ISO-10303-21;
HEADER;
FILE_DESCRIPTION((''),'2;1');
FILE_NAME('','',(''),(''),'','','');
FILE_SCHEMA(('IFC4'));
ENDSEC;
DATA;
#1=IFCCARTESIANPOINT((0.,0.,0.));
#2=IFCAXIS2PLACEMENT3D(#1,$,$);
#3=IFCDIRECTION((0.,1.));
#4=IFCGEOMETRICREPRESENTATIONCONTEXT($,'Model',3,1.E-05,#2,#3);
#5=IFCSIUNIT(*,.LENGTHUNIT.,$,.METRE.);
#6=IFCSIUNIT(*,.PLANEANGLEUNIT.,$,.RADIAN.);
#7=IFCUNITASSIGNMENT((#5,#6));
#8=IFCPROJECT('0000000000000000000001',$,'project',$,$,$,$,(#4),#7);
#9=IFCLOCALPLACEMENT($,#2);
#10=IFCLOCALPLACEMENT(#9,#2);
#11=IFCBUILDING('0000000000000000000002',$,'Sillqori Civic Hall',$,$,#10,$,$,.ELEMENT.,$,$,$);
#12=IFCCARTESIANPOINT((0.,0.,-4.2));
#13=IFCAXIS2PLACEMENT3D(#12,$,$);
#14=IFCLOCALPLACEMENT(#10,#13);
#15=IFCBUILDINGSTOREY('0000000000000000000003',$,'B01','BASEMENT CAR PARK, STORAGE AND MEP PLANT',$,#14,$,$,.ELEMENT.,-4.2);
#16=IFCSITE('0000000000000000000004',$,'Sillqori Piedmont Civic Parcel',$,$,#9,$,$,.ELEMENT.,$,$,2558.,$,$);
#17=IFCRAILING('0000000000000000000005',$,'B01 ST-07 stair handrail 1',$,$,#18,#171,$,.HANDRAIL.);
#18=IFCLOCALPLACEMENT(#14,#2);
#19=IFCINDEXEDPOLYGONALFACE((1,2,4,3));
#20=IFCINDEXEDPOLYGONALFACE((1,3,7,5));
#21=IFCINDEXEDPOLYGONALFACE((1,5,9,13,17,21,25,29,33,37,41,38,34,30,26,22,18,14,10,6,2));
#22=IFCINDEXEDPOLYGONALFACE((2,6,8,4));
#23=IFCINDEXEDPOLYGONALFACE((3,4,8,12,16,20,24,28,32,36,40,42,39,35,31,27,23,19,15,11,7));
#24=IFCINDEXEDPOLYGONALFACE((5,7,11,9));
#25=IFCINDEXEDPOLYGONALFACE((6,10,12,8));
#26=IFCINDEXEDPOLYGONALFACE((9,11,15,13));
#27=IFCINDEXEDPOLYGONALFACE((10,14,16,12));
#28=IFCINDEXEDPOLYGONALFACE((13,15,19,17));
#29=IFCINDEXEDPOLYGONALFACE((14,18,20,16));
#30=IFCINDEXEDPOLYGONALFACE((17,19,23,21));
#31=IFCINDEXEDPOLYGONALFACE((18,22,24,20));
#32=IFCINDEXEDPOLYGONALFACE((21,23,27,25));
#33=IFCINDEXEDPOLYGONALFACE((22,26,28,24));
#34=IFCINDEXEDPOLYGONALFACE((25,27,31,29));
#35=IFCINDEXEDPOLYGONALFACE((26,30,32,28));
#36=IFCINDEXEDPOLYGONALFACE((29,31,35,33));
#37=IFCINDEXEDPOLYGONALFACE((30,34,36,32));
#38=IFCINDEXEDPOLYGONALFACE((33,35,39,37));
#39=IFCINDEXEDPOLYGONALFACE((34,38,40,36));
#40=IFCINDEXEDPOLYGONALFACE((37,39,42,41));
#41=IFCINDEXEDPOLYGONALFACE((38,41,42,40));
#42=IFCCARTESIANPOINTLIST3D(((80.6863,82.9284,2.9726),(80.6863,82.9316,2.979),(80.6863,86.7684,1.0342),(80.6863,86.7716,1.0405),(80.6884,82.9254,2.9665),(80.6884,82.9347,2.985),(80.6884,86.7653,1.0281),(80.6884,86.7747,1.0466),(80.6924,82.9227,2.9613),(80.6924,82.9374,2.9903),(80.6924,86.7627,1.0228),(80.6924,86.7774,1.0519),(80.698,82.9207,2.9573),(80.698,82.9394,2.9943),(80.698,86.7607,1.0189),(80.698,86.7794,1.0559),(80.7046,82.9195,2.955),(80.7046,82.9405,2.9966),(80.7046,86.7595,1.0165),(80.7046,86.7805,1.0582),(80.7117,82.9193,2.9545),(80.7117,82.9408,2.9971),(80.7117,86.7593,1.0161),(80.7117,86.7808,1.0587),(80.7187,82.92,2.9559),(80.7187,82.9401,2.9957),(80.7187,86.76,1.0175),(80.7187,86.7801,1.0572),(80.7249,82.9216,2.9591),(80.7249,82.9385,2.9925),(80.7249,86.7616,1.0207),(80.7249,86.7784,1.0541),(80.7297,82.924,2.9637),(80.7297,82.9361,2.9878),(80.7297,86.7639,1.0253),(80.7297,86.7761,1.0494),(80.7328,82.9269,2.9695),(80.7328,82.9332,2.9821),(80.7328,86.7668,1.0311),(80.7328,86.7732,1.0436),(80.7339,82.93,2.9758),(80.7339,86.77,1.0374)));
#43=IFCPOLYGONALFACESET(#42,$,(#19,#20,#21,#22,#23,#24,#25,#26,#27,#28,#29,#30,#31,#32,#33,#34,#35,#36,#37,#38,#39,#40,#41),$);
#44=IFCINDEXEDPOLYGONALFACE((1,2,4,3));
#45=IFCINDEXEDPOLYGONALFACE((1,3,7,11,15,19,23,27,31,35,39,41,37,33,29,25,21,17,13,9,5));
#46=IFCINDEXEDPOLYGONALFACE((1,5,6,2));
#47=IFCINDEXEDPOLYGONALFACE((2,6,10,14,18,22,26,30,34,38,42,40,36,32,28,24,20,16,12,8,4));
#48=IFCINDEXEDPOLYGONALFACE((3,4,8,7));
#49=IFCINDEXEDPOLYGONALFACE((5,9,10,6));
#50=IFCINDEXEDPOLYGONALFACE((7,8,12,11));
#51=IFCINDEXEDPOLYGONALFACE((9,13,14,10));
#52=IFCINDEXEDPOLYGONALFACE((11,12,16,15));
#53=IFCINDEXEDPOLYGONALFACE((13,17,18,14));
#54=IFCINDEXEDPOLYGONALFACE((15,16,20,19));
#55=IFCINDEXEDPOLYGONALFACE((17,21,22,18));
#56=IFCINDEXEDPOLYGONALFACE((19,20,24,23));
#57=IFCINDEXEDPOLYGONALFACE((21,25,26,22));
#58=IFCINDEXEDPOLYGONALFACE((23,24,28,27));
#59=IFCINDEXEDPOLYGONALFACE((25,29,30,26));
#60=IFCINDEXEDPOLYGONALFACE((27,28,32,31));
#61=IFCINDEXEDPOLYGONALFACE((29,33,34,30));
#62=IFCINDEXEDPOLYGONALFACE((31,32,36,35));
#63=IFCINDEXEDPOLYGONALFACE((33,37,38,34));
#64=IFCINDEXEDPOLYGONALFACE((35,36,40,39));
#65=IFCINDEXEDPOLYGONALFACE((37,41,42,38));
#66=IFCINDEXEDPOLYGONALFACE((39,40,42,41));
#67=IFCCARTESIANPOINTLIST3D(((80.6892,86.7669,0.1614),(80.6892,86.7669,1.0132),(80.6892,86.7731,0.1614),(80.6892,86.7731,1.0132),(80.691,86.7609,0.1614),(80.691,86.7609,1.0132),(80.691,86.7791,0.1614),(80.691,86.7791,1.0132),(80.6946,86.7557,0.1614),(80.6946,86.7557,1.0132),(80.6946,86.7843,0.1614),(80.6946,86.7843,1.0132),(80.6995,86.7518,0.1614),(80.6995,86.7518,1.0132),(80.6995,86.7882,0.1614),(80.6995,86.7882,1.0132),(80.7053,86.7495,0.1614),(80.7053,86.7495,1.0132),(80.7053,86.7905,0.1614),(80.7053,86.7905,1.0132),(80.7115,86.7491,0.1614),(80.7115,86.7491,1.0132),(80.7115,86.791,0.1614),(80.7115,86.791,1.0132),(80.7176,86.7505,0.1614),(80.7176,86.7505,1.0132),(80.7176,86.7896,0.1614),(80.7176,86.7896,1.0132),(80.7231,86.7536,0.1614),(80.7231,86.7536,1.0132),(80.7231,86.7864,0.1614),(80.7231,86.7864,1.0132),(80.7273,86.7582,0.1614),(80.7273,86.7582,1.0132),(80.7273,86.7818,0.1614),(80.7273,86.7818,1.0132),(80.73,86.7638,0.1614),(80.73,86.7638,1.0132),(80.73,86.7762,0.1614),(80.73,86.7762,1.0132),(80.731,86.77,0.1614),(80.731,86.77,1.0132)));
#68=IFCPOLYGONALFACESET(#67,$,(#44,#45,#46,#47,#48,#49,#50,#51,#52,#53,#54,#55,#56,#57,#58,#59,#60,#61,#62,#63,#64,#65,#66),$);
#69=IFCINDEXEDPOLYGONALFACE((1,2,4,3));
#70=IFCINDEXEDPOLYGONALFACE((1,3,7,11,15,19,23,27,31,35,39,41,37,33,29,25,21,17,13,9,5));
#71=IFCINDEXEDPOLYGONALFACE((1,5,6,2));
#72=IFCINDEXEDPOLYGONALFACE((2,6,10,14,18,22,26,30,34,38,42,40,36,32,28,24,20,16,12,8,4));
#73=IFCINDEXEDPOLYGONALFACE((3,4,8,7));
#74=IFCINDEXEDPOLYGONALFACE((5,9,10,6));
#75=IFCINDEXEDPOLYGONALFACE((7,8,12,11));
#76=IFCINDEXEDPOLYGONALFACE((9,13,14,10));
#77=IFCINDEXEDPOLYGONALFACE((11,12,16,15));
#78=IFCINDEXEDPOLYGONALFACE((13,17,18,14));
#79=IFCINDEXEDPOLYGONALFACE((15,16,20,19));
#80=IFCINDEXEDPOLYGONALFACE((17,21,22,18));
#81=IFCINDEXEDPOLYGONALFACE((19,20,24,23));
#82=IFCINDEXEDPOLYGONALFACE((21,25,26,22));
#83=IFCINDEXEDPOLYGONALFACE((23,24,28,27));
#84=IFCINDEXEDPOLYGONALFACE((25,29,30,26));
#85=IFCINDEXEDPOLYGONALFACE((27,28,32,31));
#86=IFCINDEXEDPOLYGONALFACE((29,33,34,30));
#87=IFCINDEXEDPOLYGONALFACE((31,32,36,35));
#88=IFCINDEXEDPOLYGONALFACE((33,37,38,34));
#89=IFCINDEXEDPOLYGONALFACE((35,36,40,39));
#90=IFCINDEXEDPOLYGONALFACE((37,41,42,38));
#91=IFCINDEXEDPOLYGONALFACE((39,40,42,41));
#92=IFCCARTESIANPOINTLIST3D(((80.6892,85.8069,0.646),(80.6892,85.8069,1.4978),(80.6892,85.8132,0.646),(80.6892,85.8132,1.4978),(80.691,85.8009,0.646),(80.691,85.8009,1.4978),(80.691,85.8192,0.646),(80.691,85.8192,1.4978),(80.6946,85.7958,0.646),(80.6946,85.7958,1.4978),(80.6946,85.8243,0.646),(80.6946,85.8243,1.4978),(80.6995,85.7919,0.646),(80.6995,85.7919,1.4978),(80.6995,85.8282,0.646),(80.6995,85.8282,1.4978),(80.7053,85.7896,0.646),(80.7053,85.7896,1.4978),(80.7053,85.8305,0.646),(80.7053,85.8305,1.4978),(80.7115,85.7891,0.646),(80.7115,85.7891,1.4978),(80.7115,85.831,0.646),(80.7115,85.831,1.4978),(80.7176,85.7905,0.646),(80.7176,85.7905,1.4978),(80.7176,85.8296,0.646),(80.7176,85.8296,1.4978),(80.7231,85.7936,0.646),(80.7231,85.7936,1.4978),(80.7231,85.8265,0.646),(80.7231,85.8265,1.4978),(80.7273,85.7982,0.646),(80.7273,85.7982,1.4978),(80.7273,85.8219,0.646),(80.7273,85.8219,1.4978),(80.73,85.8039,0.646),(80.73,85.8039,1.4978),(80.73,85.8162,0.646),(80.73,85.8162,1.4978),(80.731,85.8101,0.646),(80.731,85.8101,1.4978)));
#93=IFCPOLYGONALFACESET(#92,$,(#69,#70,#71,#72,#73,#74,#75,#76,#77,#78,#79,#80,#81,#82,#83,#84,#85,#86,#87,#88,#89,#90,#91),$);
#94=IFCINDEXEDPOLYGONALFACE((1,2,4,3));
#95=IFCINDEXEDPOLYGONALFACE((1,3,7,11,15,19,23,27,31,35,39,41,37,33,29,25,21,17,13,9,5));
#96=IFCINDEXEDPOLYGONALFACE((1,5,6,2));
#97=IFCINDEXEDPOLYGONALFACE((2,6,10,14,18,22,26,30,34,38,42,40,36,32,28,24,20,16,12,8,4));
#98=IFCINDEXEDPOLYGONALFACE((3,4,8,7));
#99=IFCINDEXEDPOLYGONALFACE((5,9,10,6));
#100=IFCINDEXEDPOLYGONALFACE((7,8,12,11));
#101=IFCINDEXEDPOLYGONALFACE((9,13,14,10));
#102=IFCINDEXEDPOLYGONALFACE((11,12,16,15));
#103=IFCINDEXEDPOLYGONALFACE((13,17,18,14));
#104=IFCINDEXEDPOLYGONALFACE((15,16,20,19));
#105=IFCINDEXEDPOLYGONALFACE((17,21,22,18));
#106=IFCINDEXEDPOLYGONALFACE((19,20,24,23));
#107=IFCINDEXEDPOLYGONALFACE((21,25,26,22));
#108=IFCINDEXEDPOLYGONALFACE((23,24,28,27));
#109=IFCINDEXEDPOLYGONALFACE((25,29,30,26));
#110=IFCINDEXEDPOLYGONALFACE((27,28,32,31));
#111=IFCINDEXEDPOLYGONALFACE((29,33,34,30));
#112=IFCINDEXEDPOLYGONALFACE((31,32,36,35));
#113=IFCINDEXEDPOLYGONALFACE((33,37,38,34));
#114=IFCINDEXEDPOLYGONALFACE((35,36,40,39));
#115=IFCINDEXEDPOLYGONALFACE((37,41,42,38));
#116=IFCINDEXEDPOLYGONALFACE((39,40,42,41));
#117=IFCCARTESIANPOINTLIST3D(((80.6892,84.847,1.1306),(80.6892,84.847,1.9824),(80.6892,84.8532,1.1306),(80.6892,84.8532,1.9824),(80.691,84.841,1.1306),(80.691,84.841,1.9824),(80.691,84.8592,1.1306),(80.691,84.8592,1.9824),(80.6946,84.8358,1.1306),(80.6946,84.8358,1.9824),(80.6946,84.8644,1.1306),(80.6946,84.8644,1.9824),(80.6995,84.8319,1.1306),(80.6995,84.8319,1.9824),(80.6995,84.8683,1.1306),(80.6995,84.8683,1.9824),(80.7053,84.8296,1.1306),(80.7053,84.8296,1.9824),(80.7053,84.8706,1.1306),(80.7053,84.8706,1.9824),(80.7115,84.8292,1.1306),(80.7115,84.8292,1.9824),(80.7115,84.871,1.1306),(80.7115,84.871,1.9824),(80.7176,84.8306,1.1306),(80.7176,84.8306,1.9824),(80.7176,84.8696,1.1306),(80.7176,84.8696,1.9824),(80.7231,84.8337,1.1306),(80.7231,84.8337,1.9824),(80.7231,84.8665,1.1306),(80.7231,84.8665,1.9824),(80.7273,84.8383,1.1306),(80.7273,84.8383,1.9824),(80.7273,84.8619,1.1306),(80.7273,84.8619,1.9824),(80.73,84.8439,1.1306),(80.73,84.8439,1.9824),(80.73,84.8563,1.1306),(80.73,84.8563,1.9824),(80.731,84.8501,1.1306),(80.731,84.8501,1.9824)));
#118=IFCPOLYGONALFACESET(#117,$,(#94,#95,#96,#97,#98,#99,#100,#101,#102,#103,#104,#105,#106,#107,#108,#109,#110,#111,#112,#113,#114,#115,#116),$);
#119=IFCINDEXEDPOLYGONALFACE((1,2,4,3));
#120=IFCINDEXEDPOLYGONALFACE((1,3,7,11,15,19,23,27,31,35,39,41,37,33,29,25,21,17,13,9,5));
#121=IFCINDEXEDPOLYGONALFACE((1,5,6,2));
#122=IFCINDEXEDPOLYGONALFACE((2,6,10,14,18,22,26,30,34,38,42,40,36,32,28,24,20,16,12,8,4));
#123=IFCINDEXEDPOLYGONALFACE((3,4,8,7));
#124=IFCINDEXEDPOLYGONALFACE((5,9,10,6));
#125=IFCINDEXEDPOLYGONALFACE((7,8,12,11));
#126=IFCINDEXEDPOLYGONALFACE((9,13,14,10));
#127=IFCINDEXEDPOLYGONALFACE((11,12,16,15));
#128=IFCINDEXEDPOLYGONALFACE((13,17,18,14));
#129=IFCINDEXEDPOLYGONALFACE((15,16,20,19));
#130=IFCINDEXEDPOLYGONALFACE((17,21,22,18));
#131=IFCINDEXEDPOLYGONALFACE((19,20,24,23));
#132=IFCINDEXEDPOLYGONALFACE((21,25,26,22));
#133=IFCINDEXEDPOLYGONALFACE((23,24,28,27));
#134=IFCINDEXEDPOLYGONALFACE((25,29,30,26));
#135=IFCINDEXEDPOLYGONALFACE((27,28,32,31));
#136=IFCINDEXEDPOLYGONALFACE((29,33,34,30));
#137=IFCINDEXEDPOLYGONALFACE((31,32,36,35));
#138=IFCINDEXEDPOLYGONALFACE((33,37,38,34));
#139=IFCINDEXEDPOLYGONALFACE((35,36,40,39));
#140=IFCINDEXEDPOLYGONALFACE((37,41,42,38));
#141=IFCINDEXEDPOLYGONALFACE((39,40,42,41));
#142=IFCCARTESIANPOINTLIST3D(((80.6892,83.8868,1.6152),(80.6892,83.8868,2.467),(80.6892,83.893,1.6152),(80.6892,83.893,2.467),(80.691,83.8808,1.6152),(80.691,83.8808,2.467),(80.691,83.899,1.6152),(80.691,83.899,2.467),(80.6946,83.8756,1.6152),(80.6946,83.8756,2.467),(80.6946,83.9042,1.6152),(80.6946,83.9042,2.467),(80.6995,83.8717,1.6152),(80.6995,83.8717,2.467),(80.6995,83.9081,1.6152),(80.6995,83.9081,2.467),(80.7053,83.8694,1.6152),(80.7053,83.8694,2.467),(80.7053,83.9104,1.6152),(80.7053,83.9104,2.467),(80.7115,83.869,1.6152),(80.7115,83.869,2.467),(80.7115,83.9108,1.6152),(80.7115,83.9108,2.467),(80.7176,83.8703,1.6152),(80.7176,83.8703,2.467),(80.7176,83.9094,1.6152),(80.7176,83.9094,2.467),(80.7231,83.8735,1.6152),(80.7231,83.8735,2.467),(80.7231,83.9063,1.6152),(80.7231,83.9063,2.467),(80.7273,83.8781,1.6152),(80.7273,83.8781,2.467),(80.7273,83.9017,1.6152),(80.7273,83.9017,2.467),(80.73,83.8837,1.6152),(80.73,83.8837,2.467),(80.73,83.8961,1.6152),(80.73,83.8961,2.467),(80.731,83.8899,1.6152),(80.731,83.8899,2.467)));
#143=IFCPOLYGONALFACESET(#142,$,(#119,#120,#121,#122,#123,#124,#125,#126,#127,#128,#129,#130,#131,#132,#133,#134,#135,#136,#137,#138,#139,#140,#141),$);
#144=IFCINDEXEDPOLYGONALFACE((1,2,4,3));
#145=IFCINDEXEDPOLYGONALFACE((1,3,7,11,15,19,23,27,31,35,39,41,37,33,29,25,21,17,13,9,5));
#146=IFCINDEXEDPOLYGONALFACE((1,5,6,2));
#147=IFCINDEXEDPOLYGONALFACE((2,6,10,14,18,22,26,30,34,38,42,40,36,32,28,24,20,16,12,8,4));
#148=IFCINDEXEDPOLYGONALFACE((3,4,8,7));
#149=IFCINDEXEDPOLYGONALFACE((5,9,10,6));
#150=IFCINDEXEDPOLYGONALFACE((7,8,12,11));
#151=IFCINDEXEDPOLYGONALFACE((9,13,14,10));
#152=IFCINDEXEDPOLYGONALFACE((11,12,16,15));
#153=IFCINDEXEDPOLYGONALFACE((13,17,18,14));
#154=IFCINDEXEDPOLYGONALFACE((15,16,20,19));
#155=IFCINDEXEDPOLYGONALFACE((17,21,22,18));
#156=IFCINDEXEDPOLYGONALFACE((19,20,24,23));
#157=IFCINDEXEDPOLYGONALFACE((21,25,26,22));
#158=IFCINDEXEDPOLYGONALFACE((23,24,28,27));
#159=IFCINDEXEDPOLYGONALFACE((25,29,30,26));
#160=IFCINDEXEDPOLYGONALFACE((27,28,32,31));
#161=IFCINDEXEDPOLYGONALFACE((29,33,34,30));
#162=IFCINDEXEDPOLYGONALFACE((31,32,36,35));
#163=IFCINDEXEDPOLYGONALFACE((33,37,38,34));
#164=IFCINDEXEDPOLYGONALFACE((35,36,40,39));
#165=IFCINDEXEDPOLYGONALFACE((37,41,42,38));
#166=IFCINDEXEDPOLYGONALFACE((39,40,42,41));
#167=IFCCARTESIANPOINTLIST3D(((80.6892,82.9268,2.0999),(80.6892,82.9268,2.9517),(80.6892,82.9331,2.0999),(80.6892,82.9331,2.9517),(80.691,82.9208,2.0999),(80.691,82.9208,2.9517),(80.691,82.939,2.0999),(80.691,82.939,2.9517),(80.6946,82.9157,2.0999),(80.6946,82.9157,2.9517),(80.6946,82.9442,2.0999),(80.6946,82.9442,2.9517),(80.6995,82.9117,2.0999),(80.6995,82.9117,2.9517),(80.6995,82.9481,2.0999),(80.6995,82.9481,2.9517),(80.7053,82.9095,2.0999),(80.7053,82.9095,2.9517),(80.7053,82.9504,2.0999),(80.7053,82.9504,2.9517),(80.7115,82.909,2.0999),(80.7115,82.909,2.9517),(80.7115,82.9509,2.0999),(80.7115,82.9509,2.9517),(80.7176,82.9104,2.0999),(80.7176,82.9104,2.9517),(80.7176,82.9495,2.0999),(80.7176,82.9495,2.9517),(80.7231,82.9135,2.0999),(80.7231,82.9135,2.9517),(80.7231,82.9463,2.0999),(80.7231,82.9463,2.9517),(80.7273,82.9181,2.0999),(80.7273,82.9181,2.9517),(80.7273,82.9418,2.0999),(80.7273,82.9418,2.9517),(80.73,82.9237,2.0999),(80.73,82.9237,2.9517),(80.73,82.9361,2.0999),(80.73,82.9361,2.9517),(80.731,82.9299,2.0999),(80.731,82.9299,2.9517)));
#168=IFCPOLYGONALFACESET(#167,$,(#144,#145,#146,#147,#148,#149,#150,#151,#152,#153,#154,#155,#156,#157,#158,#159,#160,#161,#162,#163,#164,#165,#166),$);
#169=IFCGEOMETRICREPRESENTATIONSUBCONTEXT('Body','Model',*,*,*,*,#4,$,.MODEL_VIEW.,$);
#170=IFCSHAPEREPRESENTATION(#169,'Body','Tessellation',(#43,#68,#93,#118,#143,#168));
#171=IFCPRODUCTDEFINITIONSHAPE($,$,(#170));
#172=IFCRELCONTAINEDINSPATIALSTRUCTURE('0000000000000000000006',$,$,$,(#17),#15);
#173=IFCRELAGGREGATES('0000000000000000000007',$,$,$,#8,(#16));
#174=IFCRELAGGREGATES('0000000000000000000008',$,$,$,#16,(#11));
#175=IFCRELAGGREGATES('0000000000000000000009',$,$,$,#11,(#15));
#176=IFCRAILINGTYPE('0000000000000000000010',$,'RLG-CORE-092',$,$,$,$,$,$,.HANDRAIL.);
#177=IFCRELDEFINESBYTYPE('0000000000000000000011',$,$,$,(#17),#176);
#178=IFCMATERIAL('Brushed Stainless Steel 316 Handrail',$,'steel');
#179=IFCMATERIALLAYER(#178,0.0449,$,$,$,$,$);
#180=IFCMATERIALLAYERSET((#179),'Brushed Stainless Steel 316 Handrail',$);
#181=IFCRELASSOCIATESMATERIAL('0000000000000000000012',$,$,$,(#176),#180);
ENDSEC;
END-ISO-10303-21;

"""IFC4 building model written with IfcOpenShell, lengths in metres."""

from ifc_helpers import new_model, si_unit, direction, frame, origin, origin_2d, place, context, subcontext, project, spatial, circle, extrude, material, layer, layer_set, type_object, element, save


model = new_model("IFC4")

# Units and contexts
model_context = context("Model", 3, precision=1e-05, world=origin(), true_north=direction((0.0, 1.0)))
body_context = subcontext(model_context, "Body", "Model", "MODEL_VIEW")
ifc_project = project(units=[si_unit("LENGTHUNIT", "METRE"), si_unit("PLANEANGLEUNIT", "RADIAN")], contexts=[model_context])

# Site, building, storey
site_placement = place(None, origin())
site = spatial("IfcSite", under=ifc_project, at=site_placement, Name="Sillqori Piedmont Civic Parcel", CompositionType="ELEMENT", RefElevation=2558.0)
building_placement = place(site_placement, origin())
building = spatial("IfcBuilding", under=site, at=building_placement, Name="Sillqori Civic Hall", CompositionType="ELEMENT")
storey_placement = place(building_placement, frame((0.0, 0.0, -4.2)))
storey = spatial("IfcBuildingStorey", under=building, at=storey_placement, Name="B01", Description="BASEMENT CAR PARK, STORAGE AND MEP PLANT", CompositionType="ELEMENT", Elevation=-4.2)

# Railing
ifc_material_1 = material(Name="Brushed Stainless Steel 316 Handrail", Category="steel")
ifc_layer_1 = layer(ifc_material_1, 0.0449)
ifc_layer_set_1 = layer_set([ifc_layer_1], Name="Brushed Stainless Steel 316 Handrail")
railing_type_1 = type_object("IfcRailingType", Name="RLG-CORE-092", PredefinedType="HANDRAIL", material=ifc_layer_set_1)
railing_1_placement = place(storey_placement, frame((80.71, 86.77, 0.1614)))
element("IfcRailing", 1, at=railing_1_placement, inside=storey, type_object=railing_type_1, Name="B01 ST-07 stair handrail 1", PredefinedType="HANDRAIL", context=body_context, shape_type="SweptSolid", body=[
    extrude(circle(Radius=0.0239, at=origin_2d()), frame((0.0, 0.0, 0.876), z_axis=(0.0, -0.892707, 0.450638), x_axis=(1.0, 0.0, 0.0)), (0.0, 0.0, 1.0), 4.3015),
    extrude(circle(Radius=0.021, at=origin_2d()), origin(), (0.0, 0.0, 1.0), 0.8518),
    extrude(circle(Radius=0.021, at=origin_2d()), frame((0.0, -0.96, 0.4846)), (0.0, 0.0, 1.0), 0.8518),
    extrude(circle(Radius=0.021, at=origin_2d()), frame((0.0, -1.9199, 0.9692)), (0.0, 0.0, 1.0), 0.8518),
    extrude(circle(Radius=0.021, at=origin_2d()), frame((0.0, -2.8801, 1.4539)), (0.0, 0.0, 1.0), 0.8518),
    extrude(circle(Radius=0.021, at=origin_2d()), frame((0.0, -3.8401, 1.9385)), (0.0, 0.0, 1.0), 0.8518),
])

save(model, "model.ifc")
